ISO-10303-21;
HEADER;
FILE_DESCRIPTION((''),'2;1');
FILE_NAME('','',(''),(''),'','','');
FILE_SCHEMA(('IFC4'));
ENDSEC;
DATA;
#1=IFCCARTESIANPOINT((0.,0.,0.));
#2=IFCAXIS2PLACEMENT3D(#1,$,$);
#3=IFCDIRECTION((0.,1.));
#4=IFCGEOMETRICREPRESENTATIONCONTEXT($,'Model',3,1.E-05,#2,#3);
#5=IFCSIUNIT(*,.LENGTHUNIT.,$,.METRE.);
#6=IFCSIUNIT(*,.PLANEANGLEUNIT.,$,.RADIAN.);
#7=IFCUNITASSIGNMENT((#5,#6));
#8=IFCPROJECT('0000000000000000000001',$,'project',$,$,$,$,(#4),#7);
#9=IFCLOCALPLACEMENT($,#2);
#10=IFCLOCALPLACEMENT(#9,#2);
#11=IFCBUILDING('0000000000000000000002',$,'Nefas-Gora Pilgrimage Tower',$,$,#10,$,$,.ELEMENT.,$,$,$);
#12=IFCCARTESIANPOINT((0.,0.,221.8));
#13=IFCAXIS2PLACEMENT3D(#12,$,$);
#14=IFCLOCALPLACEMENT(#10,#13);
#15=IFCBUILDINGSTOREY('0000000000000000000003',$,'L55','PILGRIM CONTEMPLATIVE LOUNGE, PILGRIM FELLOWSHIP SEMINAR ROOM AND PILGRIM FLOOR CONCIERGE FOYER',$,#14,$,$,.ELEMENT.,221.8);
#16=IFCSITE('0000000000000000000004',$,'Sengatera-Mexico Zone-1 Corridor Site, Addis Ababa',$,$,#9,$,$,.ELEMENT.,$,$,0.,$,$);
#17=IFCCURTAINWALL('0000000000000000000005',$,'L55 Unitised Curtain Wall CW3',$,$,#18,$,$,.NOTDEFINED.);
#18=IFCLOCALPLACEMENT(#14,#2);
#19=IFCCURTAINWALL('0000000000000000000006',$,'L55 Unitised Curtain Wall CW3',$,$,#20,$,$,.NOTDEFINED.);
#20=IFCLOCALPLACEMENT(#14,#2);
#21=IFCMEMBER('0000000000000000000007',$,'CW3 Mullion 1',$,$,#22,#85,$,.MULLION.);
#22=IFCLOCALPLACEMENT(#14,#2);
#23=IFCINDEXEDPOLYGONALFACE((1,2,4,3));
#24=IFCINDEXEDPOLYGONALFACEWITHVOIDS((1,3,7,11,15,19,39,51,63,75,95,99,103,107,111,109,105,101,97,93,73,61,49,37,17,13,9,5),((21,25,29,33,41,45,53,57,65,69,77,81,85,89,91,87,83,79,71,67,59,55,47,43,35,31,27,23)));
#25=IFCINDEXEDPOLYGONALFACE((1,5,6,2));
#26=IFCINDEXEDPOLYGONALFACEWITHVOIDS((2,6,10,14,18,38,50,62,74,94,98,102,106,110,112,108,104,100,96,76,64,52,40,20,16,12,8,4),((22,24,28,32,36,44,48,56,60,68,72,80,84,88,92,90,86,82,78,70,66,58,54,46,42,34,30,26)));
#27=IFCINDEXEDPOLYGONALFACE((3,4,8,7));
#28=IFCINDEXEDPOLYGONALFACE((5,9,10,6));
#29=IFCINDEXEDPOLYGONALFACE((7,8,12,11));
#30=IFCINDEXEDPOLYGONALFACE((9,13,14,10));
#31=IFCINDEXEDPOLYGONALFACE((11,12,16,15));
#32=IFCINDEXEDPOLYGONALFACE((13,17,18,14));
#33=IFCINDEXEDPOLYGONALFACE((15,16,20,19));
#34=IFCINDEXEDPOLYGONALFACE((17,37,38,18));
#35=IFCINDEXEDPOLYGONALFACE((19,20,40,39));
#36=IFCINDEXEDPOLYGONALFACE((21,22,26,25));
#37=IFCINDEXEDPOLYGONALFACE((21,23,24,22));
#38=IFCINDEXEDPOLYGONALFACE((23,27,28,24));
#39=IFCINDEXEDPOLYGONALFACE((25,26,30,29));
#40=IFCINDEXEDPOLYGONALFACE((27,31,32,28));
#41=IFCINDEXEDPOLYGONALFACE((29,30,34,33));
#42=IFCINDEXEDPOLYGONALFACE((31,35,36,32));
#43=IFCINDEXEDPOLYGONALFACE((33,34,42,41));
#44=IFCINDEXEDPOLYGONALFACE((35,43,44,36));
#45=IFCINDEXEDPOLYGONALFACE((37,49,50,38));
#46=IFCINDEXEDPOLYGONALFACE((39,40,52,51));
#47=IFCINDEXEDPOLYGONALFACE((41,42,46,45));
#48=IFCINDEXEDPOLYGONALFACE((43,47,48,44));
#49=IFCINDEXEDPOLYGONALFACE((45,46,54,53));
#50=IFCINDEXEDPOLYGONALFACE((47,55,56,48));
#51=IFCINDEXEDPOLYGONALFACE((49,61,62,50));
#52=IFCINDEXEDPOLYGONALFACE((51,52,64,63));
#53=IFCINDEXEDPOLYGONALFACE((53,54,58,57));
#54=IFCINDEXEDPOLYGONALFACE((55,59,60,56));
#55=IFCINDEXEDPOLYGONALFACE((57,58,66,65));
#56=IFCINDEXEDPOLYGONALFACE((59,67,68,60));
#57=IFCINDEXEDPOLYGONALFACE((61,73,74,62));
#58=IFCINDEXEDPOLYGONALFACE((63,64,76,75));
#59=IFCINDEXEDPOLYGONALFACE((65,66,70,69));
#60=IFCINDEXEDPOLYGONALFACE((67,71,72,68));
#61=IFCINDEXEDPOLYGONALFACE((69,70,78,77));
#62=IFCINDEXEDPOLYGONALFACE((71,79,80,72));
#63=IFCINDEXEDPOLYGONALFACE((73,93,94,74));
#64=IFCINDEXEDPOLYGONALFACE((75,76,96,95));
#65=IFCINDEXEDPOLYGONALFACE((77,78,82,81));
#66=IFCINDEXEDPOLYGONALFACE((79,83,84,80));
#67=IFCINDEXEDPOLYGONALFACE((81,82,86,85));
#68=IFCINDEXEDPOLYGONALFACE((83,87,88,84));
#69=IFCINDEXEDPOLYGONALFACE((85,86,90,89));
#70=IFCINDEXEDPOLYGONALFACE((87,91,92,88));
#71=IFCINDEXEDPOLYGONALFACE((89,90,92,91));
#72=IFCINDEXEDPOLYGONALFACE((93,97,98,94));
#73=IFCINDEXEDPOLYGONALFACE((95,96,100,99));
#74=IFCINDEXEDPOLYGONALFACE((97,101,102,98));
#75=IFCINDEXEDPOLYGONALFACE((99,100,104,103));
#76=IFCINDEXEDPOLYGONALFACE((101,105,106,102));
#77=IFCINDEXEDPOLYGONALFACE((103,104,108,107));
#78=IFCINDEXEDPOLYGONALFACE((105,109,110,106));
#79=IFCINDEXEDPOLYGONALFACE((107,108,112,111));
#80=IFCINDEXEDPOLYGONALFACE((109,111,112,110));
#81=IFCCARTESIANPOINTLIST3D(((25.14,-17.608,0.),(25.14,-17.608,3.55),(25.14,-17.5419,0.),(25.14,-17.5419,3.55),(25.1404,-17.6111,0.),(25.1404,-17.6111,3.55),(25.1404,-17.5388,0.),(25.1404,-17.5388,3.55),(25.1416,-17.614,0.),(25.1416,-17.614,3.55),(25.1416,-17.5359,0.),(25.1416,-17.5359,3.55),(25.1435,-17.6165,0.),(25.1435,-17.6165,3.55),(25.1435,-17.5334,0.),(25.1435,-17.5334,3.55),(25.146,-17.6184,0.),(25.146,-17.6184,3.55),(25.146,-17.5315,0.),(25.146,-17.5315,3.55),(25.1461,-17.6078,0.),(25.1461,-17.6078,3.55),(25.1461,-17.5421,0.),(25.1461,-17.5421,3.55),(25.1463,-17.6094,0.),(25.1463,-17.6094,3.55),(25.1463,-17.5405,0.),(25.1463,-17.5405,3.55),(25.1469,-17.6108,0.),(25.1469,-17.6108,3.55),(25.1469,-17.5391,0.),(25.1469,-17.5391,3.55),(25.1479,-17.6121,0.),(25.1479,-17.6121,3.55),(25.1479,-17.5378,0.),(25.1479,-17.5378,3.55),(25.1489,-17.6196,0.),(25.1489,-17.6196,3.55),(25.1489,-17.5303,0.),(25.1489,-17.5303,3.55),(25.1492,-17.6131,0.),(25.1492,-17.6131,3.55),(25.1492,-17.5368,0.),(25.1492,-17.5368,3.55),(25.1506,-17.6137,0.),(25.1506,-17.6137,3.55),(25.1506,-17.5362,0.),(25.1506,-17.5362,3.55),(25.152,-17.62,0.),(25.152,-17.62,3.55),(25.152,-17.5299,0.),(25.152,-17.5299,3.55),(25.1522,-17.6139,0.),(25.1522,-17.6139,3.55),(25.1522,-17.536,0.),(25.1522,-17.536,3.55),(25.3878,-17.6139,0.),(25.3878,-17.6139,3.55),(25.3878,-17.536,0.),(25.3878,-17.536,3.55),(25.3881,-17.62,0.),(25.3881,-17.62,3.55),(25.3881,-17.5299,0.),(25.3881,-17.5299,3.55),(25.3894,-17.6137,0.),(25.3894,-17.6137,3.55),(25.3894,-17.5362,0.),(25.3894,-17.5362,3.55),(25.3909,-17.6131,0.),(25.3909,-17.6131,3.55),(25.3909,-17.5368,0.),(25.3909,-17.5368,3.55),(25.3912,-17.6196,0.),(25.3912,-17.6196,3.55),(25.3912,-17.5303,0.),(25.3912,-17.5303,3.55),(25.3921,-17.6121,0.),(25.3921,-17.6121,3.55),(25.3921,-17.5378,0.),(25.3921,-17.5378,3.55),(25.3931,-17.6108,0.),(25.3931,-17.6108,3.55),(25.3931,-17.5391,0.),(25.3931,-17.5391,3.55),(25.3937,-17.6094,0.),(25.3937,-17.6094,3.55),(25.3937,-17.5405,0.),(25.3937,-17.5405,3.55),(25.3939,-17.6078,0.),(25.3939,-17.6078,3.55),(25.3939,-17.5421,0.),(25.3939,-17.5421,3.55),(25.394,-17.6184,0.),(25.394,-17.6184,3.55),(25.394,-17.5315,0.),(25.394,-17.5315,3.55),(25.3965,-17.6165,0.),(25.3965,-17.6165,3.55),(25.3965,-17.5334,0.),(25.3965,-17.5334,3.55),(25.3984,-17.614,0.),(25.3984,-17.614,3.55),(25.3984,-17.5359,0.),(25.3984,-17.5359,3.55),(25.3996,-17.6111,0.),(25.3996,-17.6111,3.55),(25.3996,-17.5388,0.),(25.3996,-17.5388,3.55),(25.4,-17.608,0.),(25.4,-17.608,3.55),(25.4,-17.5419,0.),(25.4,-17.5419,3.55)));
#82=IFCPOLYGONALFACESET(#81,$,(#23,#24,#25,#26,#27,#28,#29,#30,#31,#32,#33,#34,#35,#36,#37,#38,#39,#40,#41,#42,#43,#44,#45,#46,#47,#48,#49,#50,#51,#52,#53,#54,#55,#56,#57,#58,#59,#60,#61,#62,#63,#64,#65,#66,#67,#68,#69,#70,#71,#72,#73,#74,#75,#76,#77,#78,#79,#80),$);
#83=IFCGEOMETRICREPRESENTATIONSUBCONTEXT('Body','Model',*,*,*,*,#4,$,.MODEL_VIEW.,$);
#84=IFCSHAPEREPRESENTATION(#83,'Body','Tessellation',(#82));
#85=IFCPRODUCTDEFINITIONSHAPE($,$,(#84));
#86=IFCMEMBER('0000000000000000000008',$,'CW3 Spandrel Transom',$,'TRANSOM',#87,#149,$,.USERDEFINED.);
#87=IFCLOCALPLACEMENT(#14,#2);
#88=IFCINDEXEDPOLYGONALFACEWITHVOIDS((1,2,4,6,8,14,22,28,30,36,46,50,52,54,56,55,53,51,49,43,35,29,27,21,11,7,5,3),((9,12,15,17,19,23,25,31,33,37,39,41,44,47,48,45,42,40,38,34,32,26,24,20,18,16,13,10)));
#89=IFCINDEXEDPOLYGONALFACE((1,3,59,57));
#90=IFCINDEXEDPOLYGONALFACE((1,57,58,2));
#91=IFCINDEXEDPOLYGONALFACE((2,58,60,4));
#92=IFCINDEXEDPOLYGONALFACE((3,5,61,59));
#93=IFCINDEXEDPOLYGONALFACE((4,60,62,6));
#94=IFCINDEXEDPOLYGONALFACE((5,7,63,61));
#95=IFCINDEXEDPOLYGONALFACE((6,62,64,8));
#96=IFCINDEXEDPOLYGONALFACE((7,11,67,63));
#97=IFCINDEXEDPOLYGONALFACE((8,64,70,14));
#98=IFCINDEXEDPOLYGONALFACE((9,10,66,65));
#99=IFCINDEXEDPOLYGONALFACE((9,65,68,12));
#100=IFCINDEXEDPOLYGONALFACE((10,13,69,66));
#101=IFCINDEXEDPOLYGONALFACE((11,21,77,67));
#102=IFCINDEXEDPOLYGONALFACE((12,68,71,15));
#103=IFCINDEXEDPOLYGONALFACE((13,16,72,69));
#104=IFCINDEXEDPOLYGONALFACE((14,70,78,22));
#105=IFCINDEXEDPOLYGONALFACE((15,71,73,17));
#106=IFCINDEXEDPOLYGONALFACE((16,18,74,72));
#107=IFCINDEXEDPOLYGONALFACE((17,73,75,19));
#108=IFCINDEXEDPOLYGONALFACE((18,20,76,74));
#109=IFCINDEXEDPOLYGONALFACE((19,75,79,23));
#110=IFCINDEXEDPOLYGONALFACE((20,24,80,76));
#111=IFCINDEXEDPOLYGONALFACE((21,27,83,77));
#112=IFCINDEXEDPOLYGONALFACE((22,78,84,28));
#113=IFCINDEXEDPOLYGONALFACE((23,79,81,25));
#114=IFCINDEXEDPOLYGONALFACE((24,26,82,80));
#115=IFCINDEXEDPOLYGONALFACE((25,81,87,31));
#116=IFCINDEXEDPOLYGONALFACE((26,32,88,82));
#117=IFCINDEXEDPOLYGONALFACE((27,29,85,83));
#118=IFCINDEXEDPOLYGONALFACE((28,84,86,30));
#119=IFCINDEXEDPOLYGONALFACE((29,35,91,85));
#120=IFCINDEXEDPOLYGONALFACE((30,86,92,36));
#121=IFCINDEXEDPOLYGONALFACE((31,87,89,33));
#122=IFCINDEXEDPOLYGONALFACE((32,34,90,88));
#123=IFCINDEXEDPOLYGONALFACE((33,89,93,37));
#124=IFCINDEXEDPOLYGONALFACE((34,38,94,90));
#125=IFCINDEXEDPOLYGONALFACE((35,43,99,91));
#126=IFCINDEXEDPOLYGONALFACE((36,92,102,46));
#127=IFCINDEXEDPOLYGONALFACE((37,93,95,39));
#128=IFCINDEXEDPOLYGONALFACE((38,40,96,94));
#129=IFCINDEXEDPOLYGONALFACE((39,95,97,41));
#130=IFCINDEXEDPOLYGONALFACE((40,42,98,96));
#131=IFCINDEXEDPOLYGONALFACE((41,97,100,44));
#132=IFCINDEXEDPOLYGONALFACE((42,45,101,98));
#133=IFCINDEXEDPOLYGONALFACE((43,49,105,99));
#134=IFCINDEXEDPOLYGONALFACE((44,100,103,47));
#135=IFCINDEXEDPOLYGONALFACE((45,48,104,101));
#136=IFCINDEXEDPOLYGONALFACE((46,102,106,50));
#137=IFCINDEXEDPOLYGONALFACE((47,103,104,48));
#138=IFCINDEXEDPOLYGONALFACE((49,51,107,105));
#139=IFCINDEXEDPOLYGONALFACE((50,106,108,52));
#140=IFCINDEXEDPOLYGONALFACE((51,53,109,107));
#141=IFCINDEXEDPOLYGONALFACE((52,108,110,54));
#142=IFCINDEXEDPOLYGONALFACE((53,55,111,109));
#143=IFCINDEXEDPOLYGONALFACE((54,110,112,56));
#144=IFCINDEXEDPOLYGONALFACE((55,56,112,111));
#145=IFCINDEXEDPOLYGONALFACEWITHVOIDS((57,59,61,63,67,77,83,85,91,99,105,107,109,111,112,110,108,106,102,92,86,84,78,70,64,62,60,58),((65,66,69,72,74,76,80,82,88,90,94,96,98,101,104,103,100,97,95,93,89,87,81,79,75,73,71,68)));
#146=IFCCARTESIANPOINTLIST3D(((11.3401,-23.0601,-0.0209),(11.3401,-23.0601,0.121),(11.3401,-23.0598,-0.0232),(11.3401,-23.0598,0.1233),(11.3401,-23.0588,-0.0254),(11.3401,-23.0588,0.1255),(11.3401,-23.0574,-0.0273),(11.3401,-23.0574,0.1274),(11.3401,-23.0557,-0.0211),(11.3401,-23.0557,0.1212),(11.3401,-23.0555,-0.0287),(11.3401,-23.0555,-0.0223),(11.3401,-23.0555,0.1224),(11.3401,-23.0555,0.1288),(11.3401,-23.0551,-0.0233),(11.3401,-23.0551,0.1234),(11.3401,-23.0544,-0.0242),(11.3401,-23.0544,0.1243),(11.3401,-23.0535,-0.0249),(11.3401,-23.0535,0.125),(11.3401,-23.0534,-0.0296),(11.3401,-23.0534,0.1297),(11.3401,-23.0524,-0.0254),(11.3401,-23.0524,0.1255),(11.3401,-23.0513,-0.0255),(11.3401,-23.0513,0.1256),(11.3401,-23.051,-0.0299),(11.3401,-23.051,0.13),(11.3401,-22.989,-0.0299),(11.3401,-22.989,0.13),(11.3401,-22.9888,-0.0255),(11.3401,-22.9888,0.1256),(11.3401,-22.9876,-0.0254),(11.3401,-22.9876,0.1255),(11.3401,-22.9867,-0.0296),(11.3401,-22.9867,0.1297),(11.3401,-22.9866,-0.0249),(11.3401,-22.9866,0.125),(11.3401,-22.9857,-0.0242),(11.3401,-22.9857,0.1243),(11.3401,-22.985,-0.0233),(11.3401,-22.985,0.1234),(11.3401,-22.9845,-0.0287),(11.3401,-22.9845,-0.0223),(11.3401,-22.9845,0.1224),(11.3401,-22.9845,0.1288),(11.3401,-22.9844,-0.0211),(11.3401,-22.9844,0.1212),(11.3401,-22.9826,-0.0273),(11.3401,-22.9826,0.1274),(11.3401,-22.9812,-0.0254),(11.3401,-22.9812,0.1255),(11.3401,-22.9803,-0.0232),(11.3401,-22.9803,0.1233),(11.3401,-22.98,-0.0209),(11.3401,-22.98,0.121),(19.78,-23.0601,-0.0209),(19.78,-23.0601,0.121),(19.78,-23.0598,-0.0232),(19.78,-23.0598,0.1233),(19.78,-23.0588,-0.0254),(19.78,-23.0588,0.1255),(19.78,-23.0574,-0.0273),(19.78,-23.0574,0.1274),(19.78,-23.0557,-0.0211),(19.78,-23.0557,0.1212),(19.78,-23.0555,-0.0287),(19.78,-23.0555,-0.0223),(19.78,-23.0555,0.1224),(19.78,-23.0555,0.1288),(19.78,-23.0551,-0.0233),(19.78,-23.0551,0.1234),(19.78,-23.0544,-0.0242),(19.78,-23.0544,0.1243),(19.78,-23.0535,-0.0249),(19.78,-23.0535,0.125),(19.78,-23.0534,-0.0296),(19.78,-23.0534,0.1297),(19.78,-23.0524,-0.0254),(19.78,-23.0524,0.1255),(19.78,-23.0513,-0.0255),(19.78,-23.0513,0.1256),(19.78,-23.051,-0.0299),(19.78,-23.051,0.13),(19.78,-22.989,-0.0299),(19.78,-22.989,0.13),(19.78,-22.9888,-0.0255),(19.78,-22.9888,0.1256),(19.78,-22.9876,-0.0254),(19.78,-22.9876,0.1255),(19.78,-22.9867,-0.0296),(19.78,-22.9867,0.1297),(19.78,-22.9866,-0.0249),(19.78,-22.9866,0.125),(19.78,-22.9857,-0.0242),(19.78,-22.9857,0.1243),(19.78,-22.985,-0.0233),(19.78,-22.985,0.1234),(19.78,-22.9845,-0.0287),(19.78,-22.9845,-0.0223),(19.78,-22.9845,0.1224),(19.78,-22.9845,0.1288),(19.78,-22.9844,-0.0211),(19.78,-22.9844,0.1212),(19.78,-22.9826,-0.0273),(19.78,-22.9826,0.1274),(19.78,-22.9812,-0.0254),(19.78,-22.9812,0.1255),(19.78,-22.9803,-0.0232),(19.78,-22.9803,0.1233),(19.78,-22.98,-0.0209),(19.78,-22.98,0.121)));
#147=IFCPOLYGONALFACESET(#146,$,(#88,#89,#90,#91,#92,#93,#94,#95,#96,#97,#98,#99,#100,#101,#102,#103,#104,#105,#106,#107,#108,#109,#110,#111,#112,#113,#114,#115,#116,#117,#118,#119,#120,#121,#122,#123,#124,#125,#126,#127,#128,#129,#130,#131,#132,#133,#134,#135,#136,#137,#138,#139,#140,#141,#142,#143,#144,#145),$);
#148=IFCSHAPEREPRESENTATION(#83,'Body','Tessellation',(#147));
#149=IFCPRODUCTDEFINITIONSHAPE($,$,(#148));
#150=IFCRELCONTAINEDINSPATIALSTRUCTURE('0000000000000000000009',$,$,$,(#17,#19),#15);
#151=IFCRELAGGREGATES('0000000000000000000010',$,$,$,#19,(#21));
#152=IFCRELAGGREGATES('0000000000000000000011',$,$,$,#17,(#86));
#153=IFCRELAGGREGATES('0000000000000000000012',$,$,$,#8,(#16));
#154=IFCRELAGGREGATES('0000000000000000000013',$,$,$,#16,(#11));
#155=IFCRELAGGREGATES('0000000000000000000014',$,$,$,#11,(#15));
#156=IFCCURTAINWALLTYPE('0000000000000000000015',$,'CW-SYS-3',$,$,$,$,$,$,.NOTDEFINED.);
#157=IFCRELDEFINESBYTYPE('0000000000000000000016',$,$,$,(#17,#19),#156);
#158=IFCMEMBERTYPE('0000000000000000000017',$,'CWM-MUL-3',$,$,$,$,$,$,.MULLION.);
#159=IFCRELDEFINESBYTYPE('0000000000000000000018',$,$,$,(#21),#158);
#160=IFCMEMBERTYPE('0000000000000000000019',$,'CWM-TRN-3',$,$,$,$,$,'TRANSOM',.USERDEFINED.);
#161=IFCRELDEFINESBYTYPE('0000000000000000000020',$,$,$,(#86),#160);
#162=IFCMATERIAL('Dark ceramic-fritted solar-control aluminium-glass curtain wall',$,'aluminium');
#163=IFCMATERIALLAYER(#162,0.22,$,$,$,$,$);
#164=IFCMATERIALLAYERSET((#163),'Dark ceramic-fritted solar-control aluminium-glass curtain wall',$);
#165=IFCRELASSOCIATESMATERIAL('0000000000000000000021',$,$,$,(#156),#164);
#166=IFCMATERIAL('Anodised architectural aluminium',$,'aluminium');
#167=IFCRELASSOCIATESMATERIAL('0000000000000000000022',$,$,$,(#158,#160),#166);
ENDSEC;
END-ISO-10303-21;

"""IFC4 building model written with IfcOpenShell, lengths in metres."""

from ifc_helpers import new_model, si_unit, direction, frame, origin, origin_2d, place, context, subcontext, project, spatial, hollow_rectangle, extrude, source, transform, mapped, material, layer, layer_set, material_profile, profile_set, type_object, element, aggregate, save


model = new_model("IFC4")

# Units and contexts
model_context = context("Model", 3, precision=1e-05, world=origin(), true_north=direction((0.0, 1.0)))
body_context = subcontext(model_context, "Body", "Model", "MODEL_VIEW")
ifc_project = project(units=[si_unit("LENGTHUNIT", "METRE"), si_unit("PLANEANGLEUNIT", "RADIAN")], contexts=[model_context])

# Site, building, storey
site_placement = place(None, origin())
site = spatial("IfcSite", under=ifc_project, at=site_placement, Name="Sengatera-Mexico Zone-1 Corridor Site, Addis Ababa", CompositionType="ELEMENT", RefElevation=0.0)
building_placement = place(site_placement, origin())
building = spatial("IfcBuilding", under=site, at=building_placement, Name="Nefas-Gora Pilgrimage Tower", CompositionType="ELEMENT")
storey_placement = place(building_placement, frame((0.0, 0.0, 221.8)))
storey = spatial("IfcBuildingStorey", under=building, at=storey_placement, Name="L55", Description="PILGRIM CONTEMPLATIVE LOUNGE, PILGRIM FELLOWSHIP SEMINAR ROOM AND PILGRIM FLOOR CONCIERGE FOYER", CompositionType="ELEMENT", Elevation=221.8)

# Curtain wall
ifc_material_1 = material(Name="Dark ceramic-fritted solar-control aluminium-glass curtain wall", Category="aluminium")
ifc_layer_1 = layer(ifc_material_1, 0.22)
ifc_layer_set_1 = layer_set([ifc_layer_1], Name="Dark ceramic-fritted solar-control aluminium-glass curtain wall")
curtain_wall_type = type_object("IfcCurtainWallType", Name="CW-SYS-3", PredefinedType="NOTDEFINED", material=ifc_layer_set_1)
curtain_wall_1_placement = place(storey_placement, origin())
curtain_wall_1 = element("IfcCurtainWall", 1, at=curtain_wall_1_placement, inside=storey, type_object=curtain_wall_type, Name="L55 Unitised Curtain Wall CW3", PredefinedType="NOTDEFINED")
ifc_material_2 = material(Name="Anodised architectural aluminium", Category="aluminium")
ifc_material_profile_1 = material_profile(ifc_material_2, hollow_rectangle(XDim=0.0901, YDim=0.26, WallThickness=0.0061, InnerFilletRadius=0.0061, OuterFilletRadius=0.012, at=origin_2d()), Name="ALU MULLION 90x260")
ifc_profile_set_1 = profile_set([ifc_material_profile_1], Name="Anodised architectural aluminium")
member_type_1 = type_object("IfcMemberType", Name="CWM-MUL-3", PredefinedType="MULLION", material=ifc_profile_set_1)
shared_shape_1 = source(origin(), body_context, "Body", "SweptSolid", [
    extrude(hollow_rectangle(XDim=0.0901, YDim=0.26, WallThickness=0.0061, InnerFilletRadius=0.0061, OuterFilletRadius=0.012, at=origin_2d()), origin(), (0.0, 0.0, 1.0), 3.55),
])

# Curtain wall, member
curtain_wall_2_placement = place(storey_placement, origin())
curtain_wall_2 = element("IfcCurtainWall", 2, at=curtain_wall_2_placement, inside=storey, type_object=curtain_wall_type, Name="L55 Unitised Curtain Wall CW3", PredefinedType="NOTDEFINED")
member_1_placement = place(storey_placement, frame((25.27, -17.575, 0.0), z_axis=(0.0, 0.0, 1.0), x_axis=(0.0, 1.0, 0.0)))
member_1 = element("IfcMember", 3, at=member_1_placement, type_object=member_type_1, Name="CW3 Mullion 1", PredefinedType="MULLION", context=body_context, shape_type="MappedRepresentation", body=[
    mapped(shared_shape_1, transform((0.0, 0.0, 0.0), x_axis=(1.0, 0.0, 0.0), y_axis=(0.0, 1.0, 0.0), z_axis=(0.0, 0.0, 1.0), scale=1.0)),
])

# Member
ifc_material_profile_2 = material_profile(ifc_material_2, hollow_rectangle(XDim=0.0801, YDim=0.1599, WallThickness=0.0044, InnerFilletRadius=0.0044, OuterFilletRadius=0.009, at=origin_2d()), Name="ALU TRANSOM 80x160")
ifc_profile_set_2 = profile_set([ifc_material_profile_2], Name="Anodised architectural aluminium")
member_type_2 = type_object("IfcMemberType", Name="CWM-TRN-3", ElementType="TRANSOM", PredefinedType="USERDEFINED", material=ifc_profile_set_2)
shared_shape_2 = source(origin(), body_context, "Body", "SweptSolid", [
    extrude(hollow_rectangle(XDim=0.0801, YDim=0.1599, WallThickness=0.0044, InnerFilletRadius=0.0044, OuterFilletRadius=0.009, at=origin_2d()), origin(), (0.0, 0.0, 1.0), 8.4399),
])
member_2_placement = place(storey_placement, frame((11.3401, -23.02, 0.05), z_axis=(1.0, 0.0, 0.0), x_axis=(0.0, 1.0, 0.0)))
member_2 = element("IfcMember", 4, at=member_2_placement, type_object=member_type_2, Name="CW3 Spandrel Transom", ObjectType="TRANSOM", PredefinedType="USERDEFINED", context=body_context, shape_type="MappedRepresentation", body=[
    mapped(shared_shape_2, transform((0.0, 0.0, 0.0), x_axis=(1.0, 0.0, 0.0), y_axis=(0.0, 1.0, 0.0), z_axis=(0.0, 0.0, 1.0), scale=1.0)),
])
aggregate(curtain_wall_2, [member_1])

aggregate(curtain_wall_1, [member_2])

save(model, "model.ifc")
